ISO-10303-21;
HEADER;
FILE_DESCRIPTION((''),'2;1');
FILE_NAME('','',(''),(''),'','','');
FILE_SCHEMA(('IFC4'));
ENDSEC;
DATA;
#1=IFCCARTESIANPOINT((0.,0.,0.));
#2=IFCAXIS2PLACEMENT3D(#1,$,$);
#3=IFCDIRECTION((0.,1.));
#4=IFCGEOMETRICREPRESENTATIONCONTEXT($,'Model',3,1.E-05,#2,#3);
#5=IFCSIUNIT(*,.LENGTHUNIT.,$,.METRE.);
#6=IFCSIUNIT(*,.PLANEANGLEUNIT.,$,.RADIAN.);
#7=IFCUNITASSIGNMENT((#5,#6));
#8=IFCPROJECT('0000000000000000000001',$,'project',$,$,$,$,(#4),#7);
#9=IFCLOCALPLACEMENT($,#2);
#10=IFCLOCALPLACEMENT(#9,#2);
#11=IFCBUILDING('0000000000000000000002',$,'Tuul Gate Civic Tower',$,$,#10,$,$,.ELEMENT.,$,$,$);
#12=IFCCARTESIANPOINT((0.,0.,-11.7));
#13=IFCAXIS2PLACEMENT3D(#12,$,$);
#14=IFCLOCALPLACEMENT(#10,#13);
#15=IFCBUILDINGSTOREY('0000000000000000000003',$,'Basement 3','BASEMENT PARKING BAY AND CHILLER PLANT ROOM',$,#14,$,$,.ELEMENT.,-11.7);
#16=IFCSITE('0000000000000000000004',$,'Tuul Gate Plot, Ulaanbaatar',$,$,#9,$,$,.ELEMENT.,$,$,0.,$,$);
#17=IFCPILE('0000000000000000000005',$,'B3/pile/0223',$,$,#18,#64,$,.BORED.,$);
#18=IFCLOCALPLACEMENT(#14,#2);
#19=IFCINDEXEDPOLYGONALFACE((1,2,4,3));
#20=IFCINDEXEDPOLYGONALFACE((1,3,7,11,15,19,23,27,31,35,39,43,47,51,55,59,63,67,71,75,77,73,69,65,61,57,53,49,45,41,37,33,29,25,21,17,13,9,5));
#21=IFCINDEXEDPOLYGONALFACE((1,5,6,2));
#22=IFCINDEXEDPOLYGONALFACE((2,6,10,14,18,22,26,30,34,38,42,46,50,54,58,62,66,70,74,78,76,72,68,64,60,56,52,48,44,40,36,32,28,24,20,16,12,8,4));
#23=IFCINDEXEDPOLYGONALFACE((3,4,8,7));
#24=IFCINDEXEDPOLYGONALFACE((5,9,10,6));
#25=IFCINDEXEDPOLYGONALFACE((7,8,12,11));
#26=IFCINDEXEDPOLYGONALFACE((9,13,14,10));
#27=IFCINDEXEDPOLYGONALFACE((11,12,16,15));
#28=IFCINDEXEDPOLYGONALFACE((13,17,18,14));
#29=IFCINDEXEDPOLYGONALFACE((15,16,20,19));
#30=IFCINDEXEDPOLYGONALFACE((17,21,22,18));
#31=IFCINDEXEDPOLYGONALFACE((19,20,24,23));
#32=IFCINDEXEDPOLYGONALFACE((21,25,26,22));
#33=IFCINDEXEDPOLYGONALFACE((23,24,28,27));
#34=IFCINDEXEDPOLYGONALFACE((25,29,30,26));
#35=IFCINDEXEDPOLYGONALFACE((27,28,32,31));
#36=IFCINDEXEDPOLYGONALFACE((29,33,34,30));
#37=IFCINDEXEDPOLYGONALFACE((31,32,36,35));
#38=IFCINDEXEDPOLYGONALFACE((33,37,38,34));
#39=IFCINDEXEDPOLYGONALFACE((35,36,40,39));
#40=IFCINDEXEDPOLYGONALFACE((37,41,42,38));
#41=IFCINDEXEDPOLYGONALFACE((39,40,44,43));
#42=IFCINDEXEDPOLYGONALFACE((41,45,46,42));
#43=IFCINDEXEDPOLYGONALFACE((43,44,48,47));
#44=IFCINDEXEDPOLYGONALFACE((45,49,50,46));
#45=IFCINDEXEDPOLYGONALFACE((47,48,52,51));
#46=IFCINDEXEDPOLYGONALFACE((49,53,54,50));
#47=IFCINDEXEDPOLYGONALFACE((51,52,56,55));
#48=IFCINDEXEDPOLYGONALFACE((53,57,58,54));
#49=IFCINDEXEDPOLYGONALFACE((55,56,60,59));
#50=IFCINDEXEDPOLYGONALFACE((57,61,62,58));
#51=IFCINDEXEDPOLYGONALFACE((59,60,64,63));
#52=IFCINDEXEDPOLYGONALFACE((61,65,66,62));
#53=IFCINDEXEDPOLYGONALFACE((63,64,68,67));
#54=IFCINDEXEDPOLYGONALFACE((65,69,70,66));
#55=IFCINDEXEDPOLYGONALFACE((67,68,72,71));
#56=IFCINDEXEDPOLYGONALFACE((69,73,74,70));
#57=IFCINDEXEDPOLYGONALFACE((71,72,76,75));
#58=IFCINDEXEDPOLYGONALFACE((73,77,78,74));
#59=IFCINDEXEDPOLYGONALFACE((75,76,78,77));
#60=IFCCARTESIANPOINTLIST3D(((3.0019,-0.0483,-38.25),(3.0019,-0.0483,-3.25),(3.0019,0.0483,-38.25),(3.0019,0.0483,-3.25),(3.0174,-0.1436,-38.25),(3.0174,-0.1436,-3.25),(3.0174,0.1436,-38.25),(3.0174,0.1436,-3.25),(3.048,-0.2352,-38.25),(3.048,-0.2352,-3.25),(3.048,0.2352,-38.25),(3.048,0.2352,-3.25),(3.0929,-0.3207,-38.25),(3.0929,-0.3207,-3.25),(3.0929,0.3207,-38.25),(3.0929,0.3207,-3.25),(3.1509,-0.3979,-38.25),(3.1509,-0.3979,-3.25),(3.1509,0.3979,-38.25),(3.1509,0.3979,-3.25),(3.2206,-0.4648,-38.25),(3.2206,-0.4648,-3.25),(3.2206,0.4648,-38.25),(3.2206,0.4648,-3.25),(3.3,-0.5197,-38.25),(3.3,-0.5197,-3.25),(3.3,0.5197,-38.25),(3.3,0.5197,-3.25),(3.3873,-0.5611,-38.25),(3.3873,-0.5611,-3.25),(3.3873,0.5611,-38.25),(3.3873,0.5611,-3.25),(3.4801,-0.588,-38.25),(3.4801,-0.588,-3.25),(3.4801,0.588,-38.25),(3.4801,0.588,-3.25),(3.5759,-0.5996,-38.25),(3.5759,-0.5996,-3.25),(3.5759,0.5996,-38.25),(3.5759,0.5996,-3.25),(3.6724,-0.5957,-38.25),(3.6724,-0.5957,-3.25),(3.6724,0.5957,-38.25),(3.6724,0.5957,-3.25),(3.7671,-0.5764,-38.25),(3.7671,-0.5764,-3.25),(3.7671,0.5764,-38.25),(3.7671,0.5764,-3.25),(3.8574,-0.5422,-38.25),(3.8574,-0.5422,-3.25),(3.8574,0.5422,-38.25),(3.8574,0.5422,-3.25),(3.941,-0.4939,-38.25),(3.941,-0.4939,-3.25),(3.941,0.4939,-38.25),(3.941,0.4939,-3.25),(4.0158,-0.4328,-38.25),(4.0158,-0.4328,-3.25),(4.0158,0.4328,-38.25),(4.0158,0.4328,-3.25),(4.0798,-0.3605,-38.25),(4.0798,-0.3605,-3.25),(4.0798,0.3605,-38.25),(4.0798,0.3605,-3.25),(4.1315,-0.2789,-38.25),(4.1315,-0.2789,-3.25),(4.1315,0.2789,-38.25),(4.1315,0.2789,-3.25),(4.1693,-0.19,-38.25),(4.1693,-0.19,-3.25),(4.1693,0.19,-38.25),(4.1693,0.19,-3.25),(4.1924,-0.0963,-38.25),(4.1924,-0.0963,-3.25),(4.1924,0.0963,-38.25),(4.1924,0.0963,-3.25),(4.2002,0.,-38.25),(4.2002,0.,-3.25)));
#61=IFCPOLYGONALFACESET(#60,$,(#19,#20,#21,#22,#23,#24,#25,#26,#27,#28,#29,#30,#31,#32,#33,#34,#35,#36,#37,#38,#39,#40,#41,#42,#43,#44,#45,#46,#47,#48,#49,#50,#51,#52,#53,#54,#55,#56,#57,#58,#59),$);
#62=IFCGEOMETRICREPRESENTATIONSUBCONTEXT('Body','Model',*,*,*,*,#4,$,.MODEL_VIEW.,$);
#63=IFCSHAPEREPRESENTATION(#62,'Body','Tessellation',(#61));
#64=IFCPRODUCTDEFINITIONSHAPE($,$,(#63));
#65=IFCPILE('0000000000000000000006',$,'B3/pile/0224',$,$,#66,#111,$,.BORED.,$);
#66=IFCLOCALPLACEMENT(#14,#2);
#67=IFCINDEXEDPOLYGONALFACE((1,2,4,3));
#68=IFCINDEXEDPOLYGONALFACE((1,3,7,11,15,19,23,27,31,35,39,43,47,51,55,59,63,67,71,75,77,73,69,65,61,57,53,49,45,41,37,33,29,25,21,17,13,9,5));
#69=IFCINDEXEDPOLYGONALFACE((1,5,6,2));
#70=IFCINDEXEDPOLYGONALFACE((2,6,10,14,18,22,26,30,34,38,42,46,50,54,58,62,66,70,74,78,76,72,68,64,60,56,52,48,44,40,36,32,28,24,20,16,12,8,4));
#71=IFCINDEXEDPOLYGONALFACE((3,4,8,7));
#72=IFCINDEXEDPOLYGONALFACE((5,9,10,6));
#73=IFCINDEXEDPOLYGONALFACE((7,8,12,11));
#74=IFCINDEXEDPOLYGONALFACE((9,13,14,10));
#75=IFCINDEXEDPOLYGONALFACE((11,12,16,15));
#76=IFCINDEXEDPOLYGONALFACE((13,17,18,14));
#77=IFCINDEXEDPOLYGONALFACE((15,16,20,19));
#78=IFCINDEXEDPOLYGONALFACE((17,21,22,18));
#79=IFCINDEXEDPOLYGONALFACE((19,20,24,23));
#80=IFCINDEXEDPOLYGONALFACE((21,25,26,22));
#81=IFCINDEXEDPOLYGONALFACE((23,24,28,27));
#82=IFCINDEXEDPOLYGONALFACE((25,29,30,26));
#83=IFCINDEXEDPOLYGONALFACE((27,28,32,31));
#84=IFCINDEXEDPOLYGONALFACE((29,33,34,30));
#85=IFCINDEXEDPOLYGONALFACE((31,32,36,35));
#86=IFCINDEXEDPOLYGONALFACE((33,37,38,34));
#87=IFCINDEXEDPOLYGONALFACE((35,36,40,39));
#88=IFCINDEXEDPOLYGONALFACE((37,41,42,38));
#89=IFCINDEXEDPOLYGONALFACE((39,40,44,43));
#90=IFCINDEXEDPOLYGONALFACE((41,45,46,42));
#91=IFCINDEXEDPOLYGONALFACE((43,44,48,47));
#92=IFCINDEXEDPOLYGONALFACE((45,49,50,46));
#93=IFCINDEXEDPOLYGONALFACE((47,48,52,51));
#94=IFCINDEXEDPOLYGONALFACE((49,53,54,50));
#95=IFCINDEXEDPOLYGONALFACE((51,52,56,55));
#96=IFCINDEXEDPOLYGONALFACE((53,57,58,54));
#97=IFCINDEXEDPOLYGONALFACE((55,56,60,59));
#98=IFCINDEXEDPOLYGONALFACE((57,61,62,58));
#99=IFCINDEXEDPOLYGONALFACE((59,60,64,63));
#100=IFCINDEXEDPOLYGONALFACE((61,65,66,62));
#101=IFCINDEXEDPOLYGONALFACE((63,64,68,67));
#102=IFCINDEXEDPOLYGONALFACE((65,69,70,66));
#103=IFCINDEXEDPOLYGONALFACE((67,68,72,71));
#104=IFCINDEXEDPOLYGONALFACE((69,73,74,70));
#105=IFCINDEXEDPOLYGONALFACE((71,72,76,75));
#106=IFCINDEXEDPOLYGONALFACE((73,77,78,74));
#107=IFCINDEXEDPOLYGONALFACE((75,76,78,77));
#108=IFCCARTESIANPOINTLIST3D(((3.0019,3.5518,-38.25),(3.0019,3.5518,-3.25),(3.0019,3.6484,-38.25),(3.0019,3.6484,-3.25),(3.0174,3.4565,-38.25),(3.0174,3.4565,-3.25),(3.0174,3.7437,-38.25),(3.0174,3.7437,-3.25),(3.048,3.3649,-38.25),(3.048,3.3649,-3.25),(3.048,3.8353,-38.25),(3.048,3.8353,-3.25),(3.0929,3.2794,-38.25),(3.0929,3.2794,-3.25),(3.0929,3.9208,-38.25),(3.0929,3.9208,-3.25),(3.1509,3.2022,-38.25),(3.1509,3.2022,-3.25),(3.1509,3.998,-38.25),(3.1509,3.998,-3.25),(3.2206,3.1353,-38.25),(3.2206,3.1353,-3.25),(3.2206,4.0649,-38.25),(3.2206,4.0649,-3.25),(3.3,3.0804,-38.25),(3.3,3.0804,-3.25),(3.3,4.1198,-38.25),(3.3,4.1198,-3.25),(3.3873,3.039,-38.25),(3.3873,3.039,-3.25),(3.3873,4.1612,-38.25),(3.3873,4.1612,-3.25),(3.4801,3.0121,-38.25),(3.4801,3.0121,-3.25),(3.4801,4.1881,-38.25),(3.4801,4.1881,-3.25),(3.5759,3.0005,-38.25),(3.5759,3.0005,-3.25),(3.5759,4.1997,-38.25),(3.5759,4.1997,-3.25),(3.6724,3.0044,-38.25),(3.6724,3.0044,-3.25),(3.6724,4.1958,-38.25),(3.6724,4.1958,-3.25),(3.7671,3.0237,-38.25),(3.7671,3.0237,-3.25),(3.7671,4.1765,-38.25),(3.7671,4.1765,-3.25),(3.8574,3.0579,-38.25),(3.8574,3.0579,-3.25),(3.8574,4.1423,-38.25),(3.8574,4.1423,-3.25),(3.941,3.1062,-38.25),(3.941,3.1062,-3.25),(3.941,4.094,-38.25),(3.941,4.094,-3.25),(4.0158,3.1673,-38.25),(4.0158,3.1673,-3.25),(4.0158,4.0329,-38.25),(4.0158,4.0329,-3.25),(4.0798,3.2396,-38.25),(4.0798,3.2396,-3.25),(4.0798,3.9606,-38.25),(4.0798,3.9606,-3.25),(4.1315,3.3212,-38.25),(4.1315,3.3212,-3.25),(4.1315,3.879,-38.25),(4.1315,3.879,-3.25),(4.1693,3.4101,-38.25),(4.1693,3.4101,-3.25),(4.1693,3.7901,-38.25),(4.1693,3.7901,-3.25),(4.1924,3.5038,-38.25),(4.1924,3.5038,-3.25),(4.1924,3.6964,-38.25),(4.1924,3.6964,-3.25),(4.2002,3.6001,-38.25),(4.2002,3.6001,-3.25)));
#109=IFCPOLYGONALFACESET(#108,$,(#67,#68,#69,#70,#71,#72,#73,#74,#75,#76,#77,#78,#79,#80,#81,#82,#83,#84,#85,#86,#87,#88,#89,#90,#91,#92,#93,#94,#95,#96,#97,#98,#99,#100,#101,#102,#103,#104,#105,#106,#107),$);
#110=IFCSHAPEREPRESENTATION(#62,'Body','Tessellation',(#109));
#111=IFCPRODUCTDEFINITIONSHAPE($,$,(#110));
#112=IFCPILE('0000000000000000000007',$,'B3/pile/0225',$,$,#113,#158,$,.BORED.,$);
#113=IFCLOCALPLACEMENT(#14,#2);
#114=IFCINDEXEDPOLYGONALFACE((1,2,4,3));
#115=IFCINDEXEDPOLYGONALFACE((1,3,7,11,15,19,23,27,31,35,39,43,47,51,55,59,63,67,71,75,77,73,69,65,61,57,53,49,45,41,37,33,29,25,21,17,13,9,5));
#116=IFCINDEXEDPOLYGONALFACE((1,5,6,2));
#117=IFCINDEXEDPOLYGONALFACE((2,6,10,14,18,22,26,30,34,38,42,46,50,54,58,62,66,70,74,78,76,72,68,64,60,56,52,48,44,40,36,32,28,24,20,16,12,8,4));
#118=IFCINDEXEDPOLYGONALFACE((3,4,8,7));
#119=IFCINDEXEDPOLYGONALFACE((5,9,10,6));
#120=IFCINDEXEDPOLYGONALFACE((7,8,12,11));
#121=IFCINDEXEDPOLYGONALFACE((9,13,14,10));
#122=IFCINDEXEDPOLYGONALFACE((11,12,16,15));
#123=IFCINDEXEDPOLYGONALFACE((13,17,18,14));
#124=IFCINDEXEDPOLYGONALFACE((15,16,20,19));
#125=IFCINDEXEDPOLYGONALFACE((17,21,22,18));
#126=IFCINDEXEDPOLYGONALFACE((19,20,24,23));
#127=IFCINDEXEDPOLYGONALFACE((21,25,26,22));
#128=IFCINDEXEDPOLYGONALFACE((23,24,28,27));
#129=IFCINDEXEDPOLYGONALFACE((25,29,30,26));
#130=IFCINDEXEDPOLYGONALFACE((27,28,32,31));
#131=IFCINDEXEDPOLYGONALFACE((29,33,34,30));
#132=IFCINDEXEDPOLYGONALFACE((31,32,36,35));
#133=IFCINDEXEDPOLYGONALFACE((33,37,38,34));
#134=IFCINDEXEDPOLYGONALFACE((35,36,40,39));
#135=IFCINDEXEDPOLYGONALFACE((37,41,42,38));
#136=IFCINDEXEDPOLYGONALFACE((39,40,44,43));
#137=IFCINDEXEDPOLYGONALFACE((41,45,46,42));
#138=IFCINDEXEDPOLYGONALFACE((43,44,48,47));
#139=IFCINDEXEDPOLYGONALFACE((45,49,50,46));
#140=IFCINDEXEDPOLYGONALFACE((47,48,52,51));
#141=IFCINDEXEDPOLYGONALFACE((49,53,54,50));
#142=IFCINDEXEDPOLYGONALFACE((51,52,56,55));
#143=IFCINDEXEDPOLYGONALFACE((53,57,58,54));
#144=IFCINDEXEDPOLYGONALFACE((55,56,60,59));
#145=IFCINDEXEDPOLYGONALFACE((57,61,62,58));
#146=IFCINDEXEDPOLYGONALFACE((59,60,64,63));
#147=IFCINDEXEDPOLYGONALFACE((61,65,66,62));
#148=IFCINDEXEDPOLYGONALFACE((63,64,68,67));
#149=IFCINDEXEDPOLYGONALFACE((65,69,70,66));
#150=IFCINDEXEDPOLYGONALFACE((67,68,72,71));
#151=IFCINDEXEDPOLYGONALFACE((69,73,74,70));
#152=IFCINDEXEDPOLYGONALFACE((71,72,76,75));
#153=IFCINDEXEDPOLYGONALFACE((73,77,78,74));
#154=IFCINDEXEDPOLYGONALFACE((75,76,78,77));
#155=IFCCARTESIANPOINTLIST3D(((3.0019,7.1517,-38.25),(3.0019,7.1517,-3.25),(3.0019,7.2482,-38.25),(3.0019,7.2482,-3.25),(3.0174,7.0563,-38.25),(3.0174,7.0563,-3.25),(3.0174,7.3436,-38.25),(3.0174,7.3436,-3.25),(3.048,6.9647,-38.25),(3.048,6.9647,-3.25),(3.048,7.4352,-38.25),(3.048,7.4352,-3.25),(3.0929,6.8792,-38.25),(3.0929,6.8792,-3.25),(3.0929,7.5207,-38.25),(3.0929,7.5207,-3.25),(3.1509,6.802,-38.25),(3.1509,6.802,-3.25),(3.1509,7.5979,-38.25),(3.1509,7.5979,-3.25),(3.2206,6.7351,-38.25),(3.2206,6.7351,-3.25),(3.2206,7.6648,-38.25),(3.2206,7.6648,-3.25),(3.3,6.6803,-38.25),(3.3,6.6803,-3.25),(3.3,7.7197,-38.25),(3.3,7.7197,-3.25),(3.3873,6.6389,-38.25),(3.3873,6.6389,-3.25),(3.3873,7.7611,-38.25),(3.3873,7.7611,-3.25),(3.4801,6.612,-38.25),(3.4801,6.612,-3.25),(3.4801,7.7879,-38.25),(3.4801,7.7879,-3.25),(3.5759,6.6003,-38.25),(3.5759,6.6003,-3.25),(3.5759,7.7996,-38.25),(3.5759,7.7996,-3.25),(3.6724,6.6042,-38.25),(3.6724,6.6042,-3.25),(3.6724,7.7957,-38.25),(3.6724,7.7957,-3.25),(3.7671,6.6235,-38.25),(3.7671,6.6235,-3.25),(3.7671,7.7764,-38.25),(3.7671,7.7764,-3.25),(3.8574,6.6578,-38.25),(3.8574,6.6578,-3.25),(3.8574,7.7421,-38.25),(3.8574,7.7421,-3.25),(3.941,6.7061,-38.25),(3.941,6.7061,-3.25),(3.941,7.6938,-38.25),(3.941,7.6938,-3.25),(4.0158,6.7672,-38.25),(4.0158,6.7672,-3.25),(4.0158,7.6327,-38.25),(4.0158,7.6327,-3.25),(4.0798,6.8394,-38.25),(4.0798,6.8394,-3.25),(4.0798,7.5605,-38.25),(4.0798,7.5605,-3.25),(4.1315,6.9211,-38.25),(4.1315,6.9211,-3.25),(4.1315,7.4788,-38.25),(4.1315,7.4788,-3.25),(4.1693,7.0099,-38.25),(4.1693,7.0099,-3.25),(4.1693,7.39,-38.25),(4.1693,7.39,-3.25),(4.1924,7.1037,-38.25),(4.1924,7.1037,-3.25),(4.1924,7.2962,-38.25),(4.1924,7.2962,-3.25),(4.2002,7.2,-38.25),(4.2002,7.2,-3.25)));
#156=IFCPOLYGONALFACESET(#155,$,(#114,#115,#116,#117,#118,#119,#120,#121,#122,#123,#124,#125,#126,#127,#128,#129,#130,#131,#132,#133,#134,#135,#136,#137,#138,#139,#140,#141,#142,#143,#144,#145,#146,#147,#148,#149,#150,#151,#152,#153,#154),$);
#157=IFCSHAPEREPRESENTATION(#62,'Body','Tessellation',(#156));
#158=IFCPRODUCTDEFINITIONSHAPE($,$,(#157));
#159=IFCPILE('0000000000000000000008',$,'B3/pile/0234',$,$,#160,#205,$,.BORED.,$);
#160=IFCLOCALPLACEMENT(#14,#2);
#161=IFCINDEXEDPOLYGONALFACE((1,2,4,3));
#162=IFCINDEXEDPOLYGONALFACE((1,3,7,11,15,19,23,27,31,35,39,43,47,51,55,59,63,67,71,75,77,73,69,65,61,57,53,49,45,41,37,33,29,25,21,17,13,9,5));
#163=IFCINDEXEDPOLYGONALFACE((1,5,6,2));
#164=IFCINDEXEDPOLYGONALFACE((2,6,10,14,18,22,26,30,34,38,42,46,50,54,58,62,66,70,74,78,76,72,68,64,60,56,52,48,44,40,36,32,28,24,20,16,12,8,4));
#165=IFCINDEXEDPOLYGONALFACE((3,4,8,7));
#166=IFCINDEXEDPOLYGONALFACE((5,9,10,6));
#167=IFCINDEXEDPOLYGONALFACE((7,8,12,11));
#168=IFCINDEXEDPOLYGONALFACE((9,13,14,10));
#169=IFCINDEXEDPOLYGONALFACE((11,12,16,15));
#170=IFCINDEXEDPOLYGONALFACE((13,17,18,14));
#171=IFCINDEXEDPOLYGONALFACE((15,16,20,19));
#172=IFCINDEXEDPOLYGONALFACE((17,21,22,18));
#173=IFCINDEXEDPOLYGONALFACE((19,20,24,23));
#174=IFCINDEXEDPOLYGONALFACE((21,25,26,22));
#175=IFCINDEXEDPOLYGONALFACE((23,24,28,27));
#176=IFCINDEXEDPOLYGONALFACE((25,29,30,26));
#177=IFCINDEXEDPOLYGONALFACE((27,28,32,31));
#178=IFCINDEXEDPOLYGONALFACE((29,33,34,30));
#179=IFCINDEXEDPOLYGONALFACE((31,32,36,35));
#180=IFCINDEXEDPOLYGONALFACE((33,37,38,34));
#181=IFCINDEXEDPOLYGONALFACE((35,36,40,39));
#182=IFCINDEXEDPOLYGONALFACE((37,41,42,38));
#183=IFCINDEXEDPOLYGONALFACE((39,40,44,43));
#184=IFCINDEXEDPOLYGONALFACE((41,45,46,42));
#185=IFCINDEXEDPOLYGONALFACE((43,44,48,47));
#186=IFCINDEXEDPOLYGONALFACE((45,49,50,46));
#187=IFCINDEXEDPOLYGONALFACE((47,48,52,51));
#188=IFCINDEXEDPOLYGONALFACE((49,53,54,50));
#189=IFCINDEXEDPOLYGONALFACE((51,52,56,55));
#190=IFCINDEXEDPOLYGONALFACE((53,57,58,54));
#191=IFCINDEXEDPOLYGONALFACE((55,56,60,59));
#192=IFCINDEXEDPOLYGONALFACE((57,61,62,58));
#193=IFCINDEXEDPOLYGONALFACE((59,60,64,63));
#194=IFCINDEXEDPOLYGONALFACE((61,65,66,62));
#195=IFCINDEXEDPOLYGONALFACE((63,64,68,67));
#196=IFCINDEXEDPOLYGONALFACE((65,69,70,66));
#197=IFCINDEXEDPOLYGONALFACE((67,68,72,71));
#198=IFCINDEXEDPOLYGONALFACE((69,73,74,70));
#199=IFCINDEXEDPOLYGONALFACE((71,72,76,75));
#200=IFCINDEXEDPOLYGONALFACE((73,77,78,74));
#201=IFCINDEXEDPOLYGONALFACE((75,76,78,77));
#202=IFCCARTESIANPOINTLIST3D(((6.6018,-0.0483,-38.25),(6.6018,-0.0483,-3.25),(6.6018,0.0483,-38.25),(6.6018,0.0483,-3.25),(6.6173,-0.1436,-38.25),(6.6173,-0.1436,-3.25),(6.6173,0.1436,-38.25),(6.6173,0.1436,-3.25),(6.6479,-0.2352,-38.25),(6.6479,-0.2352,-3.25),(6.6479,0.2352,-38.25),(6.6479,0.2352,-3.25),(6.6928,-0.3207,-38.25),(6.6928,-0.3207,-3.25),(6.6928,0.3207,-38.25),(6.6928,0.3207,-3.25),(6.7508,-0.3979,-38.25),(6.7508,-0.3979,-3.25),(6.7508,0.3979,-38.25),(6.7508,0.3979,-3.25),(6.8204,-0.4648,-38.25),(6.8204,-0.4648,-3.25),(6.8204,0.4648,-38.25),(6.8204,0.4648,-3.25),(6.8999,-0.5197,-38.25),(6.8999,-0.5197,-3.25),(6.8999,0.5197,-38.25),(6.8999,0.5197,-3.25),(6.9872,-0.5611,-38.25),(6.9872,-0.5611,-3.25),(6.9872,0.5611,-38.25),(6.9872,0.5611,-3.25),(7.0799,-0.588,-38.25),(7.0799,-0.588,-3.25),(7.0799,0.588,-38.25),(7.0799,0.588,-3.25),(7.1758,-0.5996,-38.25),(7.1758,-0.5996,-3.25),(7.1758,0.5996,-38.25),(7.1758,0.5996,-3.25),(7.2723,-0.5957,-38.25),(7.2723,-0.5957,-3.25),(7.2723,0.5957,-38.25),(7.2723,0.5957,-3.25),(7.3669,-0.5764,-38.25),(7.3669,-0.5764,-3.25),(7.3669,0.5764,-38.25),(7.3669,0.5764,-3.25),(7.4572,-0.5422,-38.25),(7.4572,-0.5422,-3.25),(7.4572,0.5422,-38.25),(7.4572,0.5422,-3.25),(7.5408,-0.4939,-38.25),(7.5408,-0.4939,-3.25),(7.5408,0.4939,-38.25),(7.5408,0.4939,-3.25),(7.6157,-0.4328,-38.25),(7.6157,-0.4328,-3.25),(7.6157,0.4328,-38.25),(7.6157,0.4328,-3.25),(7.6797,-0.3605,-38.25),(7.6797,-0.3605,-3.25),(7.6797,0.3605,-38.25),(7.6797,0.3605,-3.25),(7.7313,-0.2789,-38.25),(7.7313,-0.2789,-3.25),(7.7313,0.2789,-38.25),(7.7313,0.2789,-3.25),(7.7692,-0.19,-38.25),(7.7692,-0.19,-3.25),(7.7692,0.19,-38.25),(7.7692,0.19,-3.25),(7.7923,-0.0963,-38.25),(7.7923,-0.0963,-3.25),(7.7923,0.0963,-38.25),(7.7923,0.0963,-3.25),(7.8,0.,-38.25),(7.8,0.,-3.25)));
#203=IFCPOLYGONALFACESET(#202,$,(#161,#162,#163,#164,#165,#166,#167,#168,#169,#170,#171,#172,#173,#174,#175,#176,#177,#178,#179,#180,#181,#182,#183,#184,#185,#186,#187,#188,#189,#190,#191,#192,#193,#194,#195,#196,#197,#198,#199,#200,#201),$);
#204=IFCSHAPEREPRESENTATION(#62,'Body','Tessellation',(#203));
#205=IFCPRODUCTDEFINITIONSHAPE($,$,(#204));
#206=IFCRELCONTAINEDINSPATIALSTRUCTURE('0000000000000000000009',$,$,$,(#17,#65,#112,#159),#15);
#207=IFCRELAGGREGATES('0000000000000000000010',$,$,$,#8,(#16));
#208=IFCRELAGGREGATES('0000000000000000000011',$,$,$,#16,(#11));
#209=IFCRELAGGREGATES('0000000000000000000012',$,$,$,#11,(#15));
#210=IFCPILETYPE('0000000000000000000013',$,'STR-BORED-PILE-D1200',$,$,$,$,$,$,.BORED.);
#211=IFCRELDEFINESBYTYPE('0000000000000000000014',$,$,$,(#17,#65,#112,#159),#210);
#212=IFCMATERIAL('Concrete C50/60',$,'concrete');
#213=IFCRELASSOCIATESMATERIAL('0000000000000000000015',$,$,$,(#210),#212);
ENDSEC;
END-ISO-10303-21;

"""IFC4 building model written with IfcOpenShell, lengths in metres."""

from ifc_helpers import new_model, si_unit, direction, frame, origin, origin_2d, place, context, subcontext, project, spatial, circle, extrude, material, material_profile, profile_set, type_object, element, save


model = new_model("IFC4")

# Units and contexts
model_context = context("Model", 3, precision=1e-05, world=origin(), true_north=direction((0.0, 1.0)))
body_context = subcontext(model_context, "Body", "Model", "MODEL_VIEW")
ifc_project = project(units=[si_unit("LENGTHUNIT", "METRE"), si_unit("PLANEANGLEUNIT", "RADIAN")], contexts=[model_context])

# Site, building, storey
site_placement = place(None, origin())
site = spatial("IfcSite", under=ifc_project, at=site_placement, Name="Tuul Gate Plot, Ulaanbaatar", CompositionType="ELEMENT", RefElevation=0.0)
building_placement = place(site_placement, origin())
building = spatial("IfcBuilding", under=site, at=building_placement, Name="Tuul Gate Civic Tower", CompositionType="ELEMENT")
storey_placement = place(building_placement, frame((0.0, 0.0, -11.7)))
storey = spatial("IfcBuildingStorey", under=building, at=storey_placement, Name="Basement 3", Description="BASEMENT PARKING BAY AND CHILLER PLANT ROOM", CompositionType="ELEMENT", Elevation=-11.7)

# Piles
ifc_material_1 = material(Name="Concrete C50/60", Category="concrete")
ifc_material_profile = material_profile(ifc_material_1, circle(Radius=0.6001, at=origin_2d()), Name="PILE1200")
ifc_profile_set = profile_set([ifc_material_profile], Name="Concrete C50/60")
pile_type = type_object("IfcPileType", Name="STR-BORED-PILE-D1200", PredefinedType="BORED", material=ifc_profile_set)
for number, where, z_axis, x_axis, name in (
    (1, (3.6001, 0.0, -3.25), (0.0, 0.0, -1.0), (1.0, 0.0, 0.0), "B3/pile/0223"),
    (2, (3.6001, 3.6001, -3.25), (0.0, 0.0, -1.0), (1.0, 0.0, 0.0), "B3/pile/0224"),
    (3, (3.6001, 7.2, -3.25), (0.0, 0.0, -1.0), (1.0, 0.0, 0.0), "B3/pile/0225"),
    (4, (7.2, 0.0, -3.25), (0.0, 0.0, -1.0), (1.0, 0.0, 0.0), "B3/pile/0234"),
):
    element("IfcPile", number, at=place(storey_placement, frame(where, z_axis=z_axis, x_axis=x_axis)), inside=storey, type_object=pile_type, Name=name, PredefinedType="BORED", context=body_context, shape_type="SweptSolid", body=[
        extrude(circle(Radius=0.6001, at=origin_2d()), origin(), (0.0, 0.0, 1.0), 35.0),
    ])

save(model, "model.ifc")
